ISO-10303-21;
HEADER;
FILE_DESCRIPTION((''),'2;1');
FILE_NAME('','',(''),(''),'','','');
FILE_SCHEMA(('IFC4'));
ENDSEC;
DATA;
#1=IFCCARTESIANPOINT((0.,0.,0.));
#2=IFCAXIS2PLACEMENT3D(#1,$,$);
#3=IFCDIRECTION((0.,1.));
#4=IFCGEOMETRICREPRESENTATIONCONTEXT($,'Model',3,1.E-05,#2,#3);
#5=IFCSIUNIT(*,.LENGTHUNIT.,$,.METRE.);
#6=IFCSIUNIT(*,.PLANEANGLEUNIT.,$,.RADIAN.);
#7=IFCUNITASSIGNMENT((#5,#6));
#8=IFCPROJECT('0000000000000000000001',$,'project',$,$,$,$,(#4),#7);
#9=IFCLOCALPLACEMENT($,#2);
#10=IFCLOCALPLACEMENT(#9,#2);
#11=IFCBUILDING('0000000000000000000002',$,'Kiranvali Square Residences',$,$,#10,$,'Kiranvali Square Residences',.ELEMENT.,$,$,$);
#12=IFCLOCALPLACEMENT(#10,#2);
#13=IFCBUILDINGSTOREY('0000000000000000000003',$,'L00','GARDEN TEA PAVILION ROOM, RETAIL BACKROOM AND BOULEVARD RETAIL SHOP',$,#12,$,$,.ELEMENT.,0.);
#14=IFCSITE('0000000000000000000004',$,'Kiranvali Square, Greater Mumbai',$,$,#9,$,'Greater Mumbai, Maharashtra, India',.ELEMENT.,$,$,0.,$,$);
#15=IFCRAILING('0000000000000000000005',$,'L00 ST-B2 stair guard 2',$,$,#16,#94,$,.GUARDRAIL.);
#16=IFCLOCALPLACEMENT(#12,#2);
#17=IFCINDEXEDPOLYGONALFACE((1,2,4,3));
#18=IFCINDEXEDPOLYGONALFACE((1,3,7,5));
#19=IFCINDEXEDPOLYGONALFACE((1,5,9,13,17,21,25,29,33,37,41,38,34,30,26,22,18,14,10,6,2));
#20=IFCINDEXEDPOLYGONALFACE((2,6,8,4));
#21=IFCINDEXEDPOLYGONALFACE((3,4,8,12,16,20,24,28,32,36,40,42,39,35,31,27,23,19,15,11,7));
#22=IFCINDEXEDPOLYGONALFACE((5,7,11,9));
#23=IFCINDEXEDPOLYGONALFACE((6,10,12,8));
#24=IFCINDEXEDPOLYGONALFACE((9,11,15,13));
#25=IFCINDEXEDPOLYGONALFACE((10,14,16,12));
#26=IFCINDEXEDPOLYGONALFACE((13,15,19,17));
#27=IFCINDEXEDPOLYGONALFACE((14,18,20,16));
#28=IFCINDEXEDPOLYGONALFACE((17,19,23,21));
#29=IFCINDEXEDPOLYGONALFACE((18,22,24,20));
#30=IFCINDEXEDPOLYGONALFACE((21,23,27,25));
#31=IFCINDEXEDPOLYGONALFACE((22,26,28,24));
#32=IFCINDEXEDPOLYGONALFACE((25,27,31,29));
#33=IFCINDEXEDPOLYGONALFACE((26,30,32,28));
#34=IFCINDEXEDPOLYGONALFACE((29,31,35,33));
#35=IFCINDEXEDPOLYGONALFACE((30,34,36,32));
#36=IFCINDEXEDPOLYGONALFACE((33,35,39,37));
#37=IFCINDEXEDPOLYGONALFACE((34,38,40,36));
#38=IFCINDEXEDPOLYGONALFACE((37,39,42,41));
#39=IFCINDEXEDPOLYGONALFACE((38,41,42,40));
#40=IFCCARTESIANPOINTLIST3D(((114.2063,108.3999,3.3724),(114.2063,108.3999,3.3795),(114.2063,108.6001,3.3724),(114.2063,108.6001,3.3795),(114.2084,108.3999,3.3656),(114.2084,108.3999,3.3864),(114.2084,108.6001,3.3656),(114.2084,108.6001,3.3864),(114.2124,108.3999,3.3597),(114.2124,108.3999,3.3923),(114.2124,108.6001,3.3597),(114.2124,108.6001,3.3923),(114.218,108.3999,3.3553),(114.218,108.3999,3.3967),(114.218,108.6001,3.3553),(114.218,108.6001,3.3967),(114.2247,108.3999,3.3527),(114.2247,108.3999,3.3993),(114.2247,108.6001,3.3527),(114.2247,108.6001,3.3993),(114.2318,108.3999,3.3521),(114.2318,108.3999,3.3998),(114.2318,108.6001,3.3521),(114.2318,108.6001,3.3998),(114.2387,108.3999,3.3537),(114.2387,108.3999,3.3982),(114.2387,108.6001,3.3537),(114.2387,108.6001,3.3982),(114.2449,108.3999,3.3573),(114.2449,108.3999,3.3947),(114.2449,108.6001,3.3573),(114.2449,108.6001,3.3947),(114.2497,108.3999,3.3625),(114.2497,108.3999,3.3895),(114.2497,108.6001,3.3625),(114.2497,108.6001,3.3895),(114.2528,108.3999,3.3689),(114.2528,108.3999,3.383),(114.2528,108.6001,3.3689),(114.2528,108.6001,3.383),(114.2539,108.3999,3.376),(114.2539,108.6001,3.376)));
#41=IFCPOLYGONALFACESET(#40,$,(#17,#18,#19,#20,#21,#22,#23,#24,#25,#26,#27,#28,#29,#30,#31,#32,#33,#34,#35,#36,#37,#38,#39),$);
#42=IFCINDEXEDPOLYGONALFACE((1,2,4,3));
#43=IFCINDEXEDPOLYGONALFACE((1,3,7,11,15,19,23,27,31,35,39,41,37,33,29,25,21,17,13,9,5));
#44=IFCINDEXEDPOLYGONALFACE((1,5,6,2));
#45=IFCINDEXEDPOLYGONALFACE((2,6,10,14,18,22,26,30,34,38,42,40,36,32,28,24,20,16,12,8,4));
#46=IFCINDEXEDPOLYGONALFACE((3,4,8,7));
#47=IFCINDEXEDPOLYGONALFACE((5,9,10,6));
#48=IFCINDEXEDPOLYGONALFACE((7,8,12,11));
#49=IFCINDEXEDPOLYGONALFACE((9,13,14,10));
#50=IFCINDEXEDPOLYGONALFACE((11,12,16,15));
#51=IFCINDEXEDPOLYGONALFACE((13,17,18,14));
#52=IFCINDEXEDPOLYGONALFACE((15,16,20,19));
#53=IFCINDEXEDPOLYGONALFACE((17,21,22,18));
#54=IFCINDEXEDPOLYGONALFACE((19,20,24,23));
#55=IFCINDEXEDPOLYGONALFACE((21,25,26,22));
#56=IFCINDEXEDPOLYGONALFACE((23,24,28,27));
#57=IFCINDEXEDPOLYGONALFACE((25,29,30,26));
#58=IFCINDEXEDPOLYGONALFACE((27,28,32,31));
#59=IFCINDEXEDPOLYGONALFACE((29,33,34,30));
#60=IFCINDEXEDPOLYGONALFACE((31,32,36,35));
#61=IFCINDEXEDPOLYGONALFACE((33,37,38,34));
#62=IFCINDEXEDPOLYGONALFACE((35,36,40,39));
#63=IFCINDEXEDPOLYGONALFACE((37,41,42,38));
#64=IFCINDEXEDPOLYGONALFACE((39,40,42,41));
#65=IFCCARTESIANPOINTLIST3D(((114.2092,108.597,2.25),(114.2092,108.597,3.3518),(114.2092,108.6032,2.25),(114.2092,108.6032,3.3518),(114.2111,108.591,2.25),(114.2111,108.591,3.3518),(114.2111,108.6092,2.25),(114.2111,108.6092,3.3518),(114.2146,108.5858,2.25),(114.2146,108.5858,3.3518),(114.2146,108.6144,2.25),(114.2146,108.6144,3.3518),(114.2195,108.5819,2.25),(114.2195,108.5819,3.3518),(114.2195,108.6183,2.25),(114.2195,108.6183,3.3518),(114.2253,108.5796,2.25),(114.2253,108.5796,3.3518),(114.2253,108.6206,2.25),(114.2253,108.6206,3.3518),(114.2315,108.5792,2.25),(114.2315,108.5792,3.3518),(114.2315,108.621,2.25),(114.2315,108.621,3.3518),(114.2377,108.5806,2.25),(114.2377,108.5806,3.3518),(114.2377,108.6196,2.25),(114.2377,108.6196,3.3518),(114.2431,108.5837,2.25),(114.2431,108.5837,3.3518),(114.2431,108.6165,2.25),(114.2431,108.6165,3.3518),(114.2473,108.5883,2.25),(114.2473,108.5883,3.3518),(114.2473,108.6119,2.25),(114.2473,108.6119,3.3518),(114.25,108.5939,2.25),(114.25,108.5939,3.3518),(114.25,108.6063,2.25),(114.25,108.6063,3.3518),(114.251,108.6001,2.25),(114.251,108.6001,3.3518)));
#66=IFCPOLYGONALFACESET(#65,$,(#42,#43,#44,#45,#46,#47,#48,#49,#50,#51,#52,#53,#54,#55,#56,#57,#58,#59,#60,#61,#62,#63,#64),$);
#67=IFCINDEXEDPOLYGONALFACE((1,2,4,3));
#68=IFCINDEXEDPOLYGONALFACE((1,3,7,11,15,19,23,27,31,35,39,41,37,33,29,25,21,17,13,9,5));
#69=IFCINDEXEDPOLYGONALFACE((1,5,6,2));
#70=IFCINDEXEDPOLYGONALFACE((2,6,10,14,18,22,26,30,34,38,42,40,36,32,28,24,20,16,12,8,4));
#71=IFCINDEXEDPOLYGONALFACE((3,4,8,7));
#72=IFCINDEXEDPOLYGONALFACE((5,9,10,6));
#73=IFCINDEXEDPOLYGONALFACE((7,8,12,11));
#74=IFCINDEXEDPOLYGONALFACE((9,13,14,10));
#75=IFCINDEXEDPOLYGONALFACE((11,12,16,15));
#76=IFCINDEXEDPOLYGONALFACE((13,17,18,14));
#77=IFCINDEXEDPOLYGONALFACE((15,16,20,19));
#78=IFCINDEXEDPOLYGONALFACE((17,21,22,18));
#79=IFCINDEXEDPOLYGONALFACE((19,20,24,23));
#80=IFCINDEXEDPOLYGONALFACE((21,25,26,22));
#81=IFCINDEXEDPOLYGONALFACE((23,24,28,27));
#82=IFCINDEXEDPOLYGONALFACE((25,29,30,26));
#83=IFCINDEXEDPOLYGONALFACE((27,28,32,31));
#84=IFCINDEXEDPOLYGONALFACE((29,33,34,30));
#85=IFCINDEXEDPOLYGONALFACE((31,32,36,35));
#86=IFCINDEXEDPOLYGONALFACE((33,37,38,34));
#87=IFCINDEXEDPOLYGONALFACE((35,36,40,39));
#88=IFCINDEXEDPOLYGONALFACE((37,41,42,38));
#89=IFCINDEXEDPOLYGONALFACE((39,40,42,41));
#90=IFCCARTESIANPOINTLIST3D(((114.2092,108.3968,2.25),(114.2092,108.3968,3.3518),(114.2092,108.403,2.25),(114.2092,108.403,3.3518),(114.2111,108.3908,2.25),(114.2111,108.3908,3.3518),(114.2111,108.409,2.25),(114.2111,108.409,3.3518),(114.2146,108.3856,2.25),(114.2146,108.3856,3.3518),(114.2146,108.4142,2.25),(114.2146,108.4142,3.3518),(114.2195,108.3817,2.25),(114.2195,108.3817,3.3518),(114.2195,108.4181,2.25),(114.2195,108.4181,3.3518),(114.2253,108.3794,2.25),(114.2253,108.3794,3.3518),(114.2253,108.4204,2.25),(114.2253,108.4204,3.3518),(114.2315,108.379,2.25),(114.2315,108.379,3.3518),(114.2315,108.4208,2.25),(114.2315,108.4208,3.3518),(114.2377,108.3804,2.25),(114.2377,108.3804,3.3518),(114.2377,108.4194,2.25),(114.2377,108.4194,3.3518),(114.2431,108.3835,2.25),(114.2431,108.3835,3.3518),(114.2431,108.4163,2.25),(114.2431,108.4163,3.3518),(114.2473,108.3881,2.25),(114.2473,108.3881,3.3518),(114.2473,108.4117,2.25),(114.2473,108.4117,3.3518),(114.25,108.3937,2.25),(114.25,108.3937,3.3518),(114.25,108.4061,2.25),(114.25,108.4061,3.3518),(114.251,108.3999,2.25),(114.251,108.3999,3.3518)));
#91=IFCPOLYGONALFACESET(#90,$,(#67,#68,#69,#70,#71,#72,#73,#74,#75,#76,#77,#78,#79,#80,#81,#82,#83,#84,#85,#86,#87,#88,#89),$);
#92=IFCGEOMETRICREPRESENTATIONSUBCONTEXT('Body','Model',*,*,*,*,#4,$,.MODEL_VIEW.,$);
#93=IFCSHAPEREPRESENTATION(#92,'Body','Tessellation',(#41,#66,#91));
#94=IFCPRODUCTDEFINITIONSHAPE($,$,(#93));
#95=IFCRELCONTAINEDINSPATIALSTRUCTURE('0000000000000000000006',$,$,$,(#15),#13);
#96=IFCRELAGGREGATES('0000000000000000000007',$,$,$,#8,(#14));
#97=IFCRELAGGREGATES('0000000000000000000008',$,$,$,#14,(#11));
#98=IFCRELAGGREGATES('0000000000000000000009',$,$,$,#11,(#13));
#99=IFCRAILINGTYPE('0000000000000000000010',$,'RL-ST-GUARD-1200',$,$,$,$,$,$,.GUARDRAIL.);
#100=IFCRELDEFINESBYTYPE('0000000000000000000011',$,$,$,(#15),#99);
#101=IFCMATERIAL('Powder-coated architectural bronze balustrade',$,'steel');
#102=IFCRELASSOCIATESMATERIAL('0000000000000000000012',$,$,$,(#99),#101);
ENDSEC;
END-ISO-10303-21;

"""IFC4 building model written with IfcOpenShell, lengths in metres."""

from ifc_helpers import new_model, si_unit, direction, frame, origin, origin_2d, place, context, subcontext, project, spatial, circle, extrude, material, type_object, element, save


model = new_model("IFC4")

# Units and contexts
model_context = context("Model", 3, precision=1e-05, world=origin(), true_north=direction((0.0, 1.0)))
body_context = subcontext(model_context, "Body", "Model", "MODEL_VIEW")
ifc_project = project(units=[si_unit("LENGTHUNIT", "METRE"), si_unit("PLANEANGLEUNIT", "RADIAN")], contexts=[model_context])

# Site, building, storey
site_placement = place(None, origin())
site = spatial("IfcSite", under=ifc_project, at=site_placement, Name="Kiranvali Square, Greater Mumbai", LongName="Greater Mumbai, Maharashtra, India", CompositionType="ELEMENT", RefElevation=0.0)
building_placement = place(site_placement, origin())
building = spatial("IfcBuilding", under=site, at=building_placement, Name="Kiranvali Square Residences", LongName="Kiranvali Square Residences", CompositionType="ELEMENT")
storey_placement = place(building_placement, origin())
storey = spatial("IfcBuildingStorey", under=building, at=storey_placement, Name="L00", Description="GARDEN TEA PAVILION ROOM, RETAIL BACKROOM AND BOULEVARD RETAIL SHOP", CompositionType="ELEMENT", Elevation=0.0)

# Railing
ifc_material_1 = material(Name="Powder-coated architectural bronze balustrade", Category="steel")
railing_type_1 = type_object("IfcRailingType", Name="RL-ST-GUARD-1200", PredefinedType="GUARDRAIL", material=ifc_material_1)
railing_1_placement = place(storey_placement, frame((114.23, 108.6001, 2.25)))
element("IfcRailing", 1, at=railing_1_placement, inside=storey, type_object=railing_type_1, Name="L00 ST-B2 stair guard 2", PredefinedType="GUARDRAIL", context=body_context, shape_type="SweptSolid", body=[
    extrude(circle(Radius=0.0239, at=origin_2d()), frame((0.0, 0.0, 1.126), z_axis=(0.0, -1.0, 0.0), x_axis=(1.0, 0.0, 0.0)), (0.0, 0.0, 1.0), 0.2002),
    extrude(circle(Radius=0.021, at=origin_2d()), origin(), (0.0, 0.0, 1.0), 1.1018),
    extrude(circle(Radius=0.021, at=origin_2d()), frame((0.0, -0.2002, 0.0)), (0.0, 0.0, 1.0), 1.1018),
])

save(model, "model.ifc")
